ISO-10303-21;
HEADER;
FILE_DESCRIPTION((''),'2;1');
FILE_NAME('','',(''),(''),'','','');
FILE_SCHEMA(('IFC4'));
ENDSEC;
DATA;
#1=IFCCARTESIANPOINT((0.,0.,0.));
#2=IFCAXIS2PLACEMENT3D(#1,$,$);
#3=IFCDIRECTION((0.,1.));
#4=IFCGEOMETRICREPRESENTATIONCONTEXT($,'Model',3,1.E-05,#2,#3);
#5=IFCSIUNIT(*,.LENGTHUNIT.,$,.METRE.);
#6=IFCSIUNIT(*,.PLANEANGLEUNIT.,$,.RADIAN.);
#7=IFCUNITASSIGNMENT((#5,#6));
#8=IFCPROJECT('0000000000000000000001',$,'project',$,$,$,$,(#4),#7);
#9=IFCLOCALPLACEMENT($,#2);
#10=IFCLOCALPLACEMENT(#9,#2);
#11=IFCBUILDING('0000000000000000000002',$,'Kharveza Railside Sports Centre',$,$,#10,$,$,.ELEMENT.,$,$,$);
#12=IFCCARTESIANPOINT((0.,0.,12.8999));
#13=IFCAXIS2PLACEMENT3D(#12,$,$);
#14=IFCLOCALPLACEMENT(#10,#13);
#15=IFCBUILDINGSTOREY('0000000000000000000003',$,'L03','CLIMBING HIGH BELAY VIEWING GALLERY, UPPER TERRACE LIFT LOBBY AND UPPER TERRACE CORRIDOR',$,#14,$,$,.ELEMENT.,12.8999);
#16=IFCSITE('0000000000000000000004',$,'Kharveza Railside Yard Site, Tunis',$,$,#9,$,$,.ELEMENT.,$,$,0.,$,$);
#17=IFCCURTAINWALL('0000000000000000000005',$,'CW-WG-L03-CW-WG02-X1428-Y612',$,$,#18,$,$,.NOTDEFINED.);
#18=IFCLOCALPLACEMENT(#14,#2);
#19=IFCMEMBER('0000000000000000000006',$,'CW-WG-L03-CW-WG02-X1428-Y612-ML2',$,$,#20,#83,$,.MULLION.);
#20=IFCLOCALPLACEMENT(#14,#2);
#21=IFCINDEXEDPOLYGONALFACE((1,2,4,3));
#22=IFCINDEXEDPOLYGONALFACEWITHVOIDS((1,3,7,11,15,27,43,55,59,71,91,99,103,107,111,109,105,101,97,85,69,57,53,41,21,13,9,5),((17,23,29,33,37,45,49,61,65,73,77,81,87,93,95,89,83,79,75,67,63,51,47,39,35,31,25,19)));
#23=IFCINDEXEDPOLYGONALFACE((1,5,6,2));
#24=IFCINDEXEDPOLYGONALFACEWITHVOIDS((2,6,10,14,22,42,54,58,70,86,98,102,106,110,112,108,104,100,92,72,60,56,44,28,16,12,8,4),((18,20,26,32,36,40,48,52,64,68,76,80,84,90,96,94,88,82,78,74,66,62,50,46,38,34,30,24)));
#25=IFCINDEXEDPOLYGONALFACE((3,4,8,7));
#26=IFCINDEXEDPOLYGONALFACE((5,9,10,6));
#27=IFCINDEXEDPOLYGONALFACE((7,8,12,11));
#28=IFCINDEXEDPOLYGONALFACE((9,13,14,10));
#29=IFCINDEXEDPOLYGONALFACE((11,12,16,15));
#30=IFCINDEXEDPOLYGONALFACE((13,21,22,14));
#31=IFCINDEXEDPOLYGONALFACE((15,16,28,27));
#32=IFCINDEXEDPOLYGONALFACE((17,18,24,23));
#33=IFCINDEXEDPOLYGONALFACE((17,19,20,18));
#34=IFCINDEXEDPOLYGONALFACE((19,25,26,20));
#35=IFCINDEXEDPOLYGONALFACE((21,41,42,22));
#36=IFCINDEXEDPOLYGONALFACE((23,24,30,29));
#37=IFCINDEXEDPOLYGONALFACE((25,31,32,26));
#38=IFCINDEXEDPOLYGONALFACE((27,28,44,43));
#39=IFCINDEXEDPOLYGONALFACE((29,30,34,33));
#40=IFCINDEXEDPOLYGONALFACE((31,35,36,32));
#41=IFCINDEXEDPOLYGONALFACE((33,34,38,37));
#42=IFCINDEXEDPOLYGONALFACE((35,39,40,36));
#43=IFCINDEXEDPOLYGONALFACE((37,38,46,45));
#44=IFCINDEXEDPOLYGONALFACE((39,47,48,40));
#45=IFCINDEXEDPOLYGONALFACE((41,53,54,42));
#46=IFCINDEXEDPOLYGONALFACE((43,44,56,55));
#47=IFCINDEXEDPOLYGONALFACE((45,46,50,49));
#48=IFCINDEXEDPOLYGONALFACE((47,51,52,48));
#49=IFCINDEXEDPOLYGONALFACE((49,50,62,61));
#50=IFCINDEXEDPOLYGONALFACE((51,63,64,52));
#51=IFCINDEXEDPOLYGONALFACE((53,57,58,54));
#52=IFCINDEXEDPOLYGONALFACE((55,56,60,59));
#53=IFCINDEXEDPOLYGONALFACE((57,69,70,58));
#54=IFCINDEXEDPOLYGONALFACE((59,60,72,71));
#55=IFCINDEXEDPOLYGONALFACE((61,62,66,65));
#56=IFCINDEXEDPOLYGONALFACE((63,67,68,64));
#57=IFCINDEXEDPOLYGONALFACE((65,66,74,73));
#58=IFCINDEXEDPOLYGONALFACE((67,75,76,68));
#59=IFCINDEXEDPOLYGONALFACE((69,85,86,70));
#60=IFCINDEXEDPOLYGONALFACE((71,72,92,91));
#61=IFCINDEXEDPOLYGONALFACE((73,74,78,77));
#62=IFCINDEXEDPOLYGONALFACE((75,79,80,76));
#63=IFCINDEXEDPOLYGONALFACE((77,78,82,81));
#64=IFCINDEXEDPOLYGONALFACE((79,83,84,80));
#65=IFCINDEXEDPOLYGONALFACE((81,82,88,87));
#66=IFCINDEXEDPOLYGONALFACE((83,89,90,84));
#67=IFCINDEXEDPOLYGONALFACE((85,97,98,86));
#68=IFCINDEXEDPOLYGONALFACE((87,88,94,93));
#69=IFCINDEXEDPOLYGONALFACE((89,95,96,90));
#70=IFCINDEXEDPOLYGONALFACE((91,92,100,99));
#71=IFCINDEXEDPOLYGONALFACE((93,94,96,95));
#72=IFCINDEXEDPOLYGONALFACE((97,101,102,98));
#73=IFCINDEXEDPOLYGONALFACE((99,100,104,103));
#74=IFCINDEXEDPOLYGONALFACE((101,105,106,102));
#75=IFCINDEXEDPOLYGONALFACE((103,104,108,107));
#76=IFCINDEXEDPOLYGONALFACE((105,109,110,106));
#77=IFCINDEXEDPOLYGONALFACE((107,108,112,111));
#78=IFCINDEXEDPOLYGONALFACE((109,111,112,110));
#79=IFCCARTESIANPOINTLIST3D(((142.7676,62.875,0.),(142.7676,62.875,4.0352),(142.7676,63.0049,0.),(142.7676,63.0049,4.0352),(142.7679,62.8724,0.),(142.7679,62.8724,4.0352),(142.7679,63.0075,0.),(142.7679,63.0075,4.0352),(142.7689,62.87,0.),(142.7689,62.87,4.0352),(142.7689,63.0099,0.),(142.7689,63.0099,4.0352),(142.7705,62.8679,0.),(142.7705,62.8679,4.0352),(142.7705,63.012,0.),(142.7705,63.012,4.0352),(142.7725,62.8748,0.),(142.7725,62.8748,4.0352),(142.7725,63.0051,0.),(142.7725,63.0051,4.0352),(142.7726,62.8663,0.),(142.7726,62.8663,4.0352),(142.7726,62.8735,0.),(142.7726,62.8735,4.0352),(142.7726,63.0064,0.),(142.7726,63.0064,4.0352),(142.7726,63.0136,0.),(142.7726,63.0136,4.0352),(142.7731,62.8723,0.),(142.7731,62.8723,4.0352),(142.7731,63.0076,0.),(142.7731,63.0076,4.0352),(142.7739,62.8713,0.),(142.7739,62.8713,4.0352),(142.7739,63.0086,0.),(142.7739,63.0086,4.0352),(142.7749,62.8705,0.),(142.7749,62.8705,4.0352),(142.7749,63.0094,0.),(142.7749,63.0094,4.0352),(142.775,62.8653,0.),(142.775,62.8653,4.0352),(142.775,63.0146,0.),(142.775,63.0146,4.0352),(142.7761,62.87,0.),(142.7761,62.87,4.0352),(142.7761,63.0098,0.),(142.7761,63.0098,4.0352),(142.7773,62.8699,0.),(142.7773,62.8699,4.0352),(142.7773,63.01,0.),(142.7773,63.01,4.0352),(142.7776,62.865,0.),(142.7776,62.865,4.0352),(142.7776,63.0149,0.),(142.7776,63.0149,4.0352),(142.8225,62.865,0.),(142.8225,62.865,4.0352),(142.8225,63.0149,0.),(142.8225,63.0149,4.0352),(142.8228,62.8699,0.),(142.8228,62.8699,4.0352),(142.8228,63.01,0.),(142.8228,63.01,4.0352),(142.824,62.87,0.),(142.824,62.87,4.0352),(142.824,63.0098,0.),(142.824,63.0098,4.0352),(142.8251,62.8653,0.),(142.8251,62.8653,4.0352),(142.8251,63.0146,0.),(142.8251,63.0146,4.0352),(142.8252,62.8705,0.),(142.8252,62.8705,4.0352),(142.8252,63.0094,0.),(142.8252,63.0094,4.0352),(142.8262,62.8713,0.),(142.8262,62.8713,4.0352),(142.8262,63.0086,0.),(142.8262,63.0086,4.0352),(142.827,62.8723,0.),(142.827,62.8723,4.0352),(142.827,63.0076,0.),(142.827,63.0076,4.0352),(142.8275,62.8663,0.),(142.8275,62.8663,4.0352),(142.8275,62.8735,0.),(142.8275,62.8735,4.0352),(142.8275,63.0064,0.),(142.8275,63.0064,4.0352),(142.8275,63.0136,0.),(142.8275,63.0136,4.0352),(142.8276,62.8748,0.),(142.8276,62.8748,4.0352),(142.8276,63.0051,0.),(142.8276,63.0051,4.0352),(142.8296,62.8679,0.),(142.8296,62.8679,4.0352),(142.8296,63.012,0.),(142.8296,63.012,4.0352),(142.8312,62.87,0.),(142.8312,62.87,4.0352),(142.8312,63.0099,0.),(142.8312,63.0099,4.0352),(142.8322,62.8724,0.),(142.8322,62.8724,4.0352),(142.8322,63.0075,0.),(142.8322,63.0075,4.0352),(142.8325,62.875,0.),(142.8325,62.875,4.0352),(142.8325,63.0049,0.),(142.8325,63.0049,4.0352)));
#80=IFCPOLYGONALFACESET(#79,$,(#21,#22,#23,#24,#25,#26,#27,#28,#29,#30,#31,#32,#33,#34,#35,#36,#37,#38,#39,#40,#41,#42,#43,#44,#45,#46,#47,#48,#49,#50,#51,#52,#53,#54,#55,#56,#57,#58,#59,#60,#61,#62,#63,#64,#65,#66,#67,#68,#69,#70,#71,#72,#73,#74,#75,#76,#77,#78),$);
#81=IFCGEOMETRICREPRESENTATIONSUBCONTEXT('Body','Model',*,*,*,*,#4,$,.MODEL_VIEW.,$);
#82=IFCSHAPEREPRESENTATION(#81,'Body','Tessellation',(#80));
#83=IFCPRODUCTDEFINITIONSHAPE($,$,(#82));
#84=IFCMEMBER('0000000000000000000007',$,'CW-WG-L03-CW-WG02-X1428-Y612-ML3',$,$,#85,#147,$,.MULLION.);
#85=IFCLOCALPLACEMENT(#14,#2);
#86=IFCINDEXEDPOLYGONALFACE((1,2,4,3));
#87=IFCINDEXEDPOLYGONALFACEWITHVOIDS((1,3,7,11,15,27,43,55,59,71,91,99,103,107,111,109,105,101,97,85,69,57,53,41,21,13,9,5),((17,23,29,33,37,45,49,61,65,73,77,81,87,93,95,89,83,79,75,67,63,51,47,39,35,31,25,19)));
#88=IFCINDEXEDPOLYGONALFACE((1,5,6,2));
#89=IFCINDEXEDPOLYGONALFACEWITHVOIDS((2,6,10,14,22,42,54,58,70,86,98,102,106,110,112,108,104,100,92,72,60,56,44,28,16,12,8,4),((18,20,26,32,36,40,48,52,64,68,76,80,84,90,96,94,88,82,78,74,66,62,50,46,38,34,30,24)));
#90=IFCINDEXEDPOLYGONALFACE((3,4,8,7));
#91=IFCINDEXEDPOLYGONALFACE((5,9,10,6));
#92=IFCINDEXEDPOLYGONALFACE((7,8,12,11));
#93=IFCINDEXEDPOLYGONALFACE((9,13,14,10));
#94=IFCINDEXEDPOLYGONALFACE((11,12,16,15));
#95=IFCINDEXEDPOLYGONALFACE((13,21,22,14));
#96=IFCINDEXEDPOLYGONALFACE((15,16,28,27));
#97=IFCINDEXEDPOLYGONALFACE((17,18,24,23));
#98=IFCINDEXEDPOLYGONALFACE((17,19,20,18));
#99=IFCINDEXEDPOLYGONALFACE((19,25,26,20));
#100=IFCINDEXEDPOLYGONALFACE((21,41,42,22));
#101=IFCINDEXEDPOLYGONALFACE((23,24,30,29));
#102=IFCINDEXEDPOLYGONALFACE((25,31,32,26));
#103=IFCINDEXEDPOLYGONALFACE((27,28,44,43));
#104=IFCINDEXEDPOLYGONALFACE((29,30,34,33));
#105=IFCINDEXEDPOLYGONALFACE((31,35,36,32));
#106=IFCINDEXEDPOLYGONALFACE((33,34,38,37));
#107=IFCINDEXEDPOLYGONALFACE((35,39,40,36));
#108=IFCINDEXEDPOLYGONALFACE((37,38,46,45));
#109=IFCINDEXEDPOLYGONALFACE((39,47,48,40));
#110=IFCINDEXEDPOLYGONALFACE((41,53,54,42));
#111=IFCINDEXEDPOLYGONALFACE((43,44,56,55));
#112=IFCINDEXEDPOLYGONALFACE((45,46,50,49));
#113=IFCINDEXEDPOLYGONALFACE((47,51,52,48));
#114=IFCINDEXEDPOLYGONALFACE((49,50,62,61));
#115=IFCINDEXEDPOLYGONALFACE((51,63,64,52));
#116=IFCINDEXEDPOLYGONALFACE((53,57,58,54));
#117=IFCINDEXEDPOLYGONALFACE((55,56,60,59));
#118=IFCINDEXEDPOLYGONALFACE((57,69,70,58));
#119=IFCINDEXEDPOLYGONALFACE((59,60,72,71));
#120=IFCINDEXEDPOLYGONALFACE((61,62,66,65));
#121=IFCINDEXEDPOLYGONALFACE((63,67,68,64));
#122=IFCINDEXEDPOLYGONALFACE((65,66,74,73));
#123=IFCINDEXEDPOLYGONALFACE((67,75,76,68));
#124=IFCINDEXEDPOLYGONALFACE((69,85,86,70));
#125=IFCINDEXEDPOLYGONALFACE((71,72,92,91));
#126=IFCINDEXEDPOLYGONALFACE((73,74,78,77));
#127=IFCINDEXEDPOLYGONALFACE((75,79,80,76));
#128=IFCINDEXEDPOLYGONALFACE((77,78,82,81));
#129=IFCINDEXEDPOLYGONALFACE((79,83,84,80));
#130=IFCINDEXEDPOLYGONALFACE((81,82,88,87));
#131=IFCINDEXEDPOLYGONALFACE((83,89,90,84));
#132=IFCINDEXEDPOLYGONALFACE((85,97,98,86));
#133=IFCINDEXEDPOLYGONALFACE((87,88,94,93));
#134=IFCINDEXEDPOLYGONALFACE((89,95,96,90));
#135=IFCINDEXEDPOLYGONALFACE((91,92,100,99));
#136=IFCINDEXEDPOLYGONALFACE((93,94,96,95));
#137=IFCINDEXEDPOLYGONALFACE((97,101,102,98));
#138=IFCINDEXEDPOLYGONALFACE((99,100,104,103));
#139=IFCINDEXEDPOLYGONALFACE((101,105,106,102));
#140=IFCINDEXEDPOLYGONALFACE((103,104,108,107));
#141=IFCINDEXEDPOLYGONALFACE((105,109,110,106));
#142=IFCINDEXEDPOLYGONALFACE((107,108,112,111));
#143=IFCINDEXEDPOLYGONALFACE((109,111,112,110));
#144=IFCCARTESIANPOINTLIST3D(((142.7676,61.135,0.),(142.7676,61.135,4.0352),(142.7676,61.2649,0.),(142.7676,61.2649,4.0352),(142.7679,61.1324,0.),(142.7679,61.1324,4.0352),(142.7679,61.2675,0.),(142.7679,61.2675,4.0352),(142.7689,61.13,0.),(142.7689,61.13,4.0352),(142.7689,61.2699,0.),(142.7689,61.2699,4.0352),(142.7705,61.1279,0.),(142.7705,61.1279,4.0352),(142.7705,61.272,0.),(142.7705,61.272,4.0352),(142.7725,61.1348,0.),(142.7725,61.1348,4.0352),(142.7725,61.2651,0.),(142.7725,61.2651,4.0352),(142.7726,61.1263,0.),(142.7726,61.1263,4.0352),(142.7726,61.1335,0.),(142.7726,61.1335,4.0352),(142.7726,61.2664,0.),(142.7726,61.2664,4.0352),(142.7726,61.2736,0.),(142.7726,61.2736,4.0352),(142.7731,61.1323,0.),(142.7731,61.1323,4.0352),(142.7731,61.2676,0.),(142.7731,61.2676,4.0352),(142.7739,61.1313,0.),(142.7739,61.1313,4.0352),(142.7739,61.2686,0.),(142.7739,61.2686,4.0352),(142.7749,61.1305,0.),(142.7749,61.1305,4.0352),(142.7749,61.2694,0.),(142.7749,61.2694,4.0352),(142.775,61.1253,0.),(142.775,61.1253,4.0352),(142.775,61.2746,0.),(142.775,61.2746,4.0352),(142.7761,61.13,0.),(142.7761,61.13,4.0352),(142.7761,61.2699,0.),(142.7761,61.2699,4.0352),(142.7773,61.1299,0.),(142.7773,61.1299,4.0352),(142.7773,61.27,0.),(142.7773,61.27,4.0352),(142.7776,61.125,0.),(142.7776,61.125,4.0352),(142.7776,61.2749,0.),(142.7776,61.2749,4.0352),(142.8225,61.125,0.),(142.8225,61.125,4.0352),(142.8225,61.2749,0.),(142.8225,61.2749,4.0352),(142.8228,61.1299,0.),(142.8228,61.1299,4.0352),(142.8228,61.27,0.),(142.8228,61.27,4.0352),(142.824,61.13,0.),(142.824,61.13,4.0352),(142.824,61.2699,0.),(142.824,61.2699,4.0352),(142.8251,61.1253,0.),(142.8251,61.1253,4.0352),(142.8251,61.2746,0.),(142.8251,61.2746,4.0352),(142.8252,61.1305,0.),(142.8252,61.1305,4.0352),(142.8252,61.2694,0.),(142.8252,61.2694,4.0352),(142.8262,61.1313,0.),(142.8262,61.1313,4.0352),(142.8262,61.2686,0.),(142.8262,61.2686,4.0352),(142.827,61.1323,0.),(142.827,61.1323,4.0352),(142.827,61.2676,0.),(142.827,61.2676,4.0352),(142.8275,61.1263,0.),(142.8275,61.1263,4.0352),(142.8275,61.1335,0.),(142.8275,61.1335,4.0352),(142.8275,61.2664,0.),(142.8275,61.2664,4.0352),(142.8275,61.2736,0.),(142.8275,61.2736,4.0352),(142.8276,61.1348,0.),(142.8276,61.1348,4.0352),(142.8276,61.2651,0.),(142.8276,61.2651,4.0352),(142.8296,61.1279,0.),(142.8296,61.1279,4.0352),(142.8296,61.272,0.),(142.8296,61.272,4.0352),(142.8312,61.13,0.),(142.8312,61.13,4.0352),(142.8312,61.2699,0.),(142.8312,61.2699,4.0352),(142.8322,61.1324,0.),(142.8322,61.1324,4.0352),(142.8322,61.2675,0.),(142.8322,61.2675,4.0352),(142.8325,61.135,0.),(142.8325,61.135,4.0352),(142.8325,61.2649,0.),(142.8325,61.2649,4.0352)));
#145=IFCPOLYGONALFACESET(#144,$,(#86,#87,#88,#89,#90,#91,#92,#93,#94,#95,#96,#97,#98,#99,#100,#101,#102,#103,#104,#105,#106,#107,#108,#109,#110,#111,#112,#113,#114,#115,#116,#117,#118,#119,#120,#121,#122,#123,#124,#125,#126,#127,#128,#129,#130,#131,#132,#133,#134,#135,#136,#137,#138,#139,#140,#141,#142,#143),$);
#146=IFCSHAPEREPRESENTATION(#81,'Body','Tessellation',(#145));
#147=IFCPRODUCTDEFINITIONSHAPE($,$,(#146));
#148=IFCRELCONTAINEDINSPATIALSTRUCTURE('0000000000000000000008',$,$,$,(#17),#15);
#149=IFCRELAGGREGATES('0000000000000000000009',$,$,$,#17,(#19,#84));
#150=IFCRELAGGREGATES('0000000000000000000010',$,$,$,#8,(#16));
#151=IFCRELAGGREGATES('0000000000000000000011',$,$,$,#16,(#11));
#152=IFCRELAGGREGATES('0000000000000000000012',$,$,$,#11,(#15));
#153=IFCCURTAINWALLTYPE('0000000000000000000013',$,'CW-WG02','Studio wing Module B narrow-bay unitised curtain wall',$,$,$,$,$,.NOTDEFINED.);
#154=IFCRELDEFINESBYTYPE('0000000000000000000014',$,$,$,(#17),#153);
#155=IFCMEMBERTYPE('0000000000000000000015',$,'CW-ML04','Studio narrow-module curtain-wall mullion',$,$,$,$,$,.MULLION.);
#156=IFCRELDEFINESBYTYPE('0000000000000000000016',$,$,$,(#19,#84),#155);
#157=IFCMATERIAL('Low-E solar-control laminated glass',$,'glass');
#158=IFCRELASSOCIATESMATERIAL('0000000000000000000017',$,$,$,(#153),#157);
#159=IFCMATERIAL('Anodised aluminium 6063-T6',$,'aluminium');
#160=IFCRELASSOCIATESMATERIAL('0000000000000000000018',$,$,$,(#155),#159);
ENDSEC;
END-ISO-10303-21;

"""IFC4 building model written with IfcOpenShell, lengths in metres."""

from ifc_helpers import new_model, si_unit, direction, frame, origin, origin_2d, place, context, subcontext, project, spatial, hollow_rectangle, extrude, material, material_profile, profile_set, type_object, element, aggregate, save


model = new_model("IFC4")

# Units and contexts
model_context = context("Model", 3, precision=1e-05, world=origin(), true_north=direction((0.0, 1.0)))
body_context = subcontext(model_context, "Body", "Model", "MODEL_VIEW")
ifc_project = project(units=[si_unit("LENGTHUNIT", "METRE"), si_unit("PLANEANGLEUNIT", "RADIAN")], contexts=[model_context])

# Site, building, storey
site_placement = place(None, origin())
site = spatial("IfcSite", under=ifc_project, at=site_placement, Name="Kharveza Railside Yard Site, Tunis", CompositionType="ELEMENT", RefElevation=0.0)
building_placement = place(site_placement, origin())
building = spatial("IfcBuilding", under=site, at=building_placement, Name="Kharveza Railside Sports Centre", CompositionType="ELEMENT")
storey_placement = place(building_placement, frame((0.0, 0.0, 12.8999)))
storey = spatial("IfcBuildingStorey", under=building, at=storey_placement, Name="L03", Description="CLIMBING HIGH BELAY VIEWING GALLERY, UPPER TERRACE LIFT LOBBY AND UPPER TERRACE CORRIDOR", CompositionType="ELEMENT", Elevation=12.8999)

# Curtain wall, members
ifc_material_1 = material(Name="Low-E solar-control laminated glass", Category="glass")
curtain_wall_type = type_object("IfcCurtainWallType", Name="CW-WG02", Description="Studio wing Module B narrow-bay unitised curtain wall", PredefinedType="NOTDEFINED", material=ifc_material_1)
ifc_material_2 = material(Name="Anodised aluminium 6063-T6", Category="aluminium")
ifc_material_profile_1 = material_profile(ifc_material_2, hollow_rectangle(XDim=0.0649, YDim=0.1499, WallThickness=0.0049, InnerFilletRadius=0.0049, OuterFilletRadius=0.01, at=origin_2d()), Name="RHS 65x150x5.0")
ifc_profile_set_1 = profile_set([ifc_material_profile_1], Name="Anodised aluminium 6063-T6")
member_type_1 = type_object("IfcMemberType", Name="CW-ML04", Description="Studio narrow-module curtain-wall mullion", PredefinedType="MULLION", material=ifc_profile_set_1)
curtain_wall_1_placement = place(storey_placement, origin())
curtain_wall_1 = element("IfcCurtainWall", 1, at=curtain_wall_1_placement, inside=storey, type_object=curtain_wall_type, Name="CW-WG-L03-CW-WG02-X1428-Y612", PredefinedType="NOTDEFINED")
member_1_placement = place(storey_placement, frame((142.8, 62.9399, 0.0), z_axis=(0.0, 0.0, 1.0), x_axis=(1.0, 0.0, 0.0)))
member_1 = element("IfcMember", 2, at=member_1_placement, type_object=member_type_1, Name="CW-WG-L03-CW-WG02-X1428-Y612-ML2", PredefinedType="MULLION", context=body_context, shape_type="SweptSolid", body=[
    extrude(hollow_rectangle(XDim=0.0649, YDim=0.1499, WallThickness=0.0049, InnerFilletRadius=0.0049, OuterFilletRadius=0.01, at=origin_2d()), origin(), (0.0, 0.0, 1.0), 4.0352),
])
member_2_placement = place(storey_placement, frame((142.8, 61.2, 0.0), z_axis=(0.0, 0.0, 1.0), x_axis=(1.0, 0.0, 0.0)))
member_2 = element("IfcMember", 3, at=member_2_placement, type_object=member_type_1, Name="CW-WG-L03-CW-WG02-X1428-Y612-ML3", PredefinedType="MULLION", context=body_context, shape_type="SweptSolid", body=[
    extrude(hollow_rectangle(XDim=0.0649, YDim=0.1499, WallThickness=0.0049, InnerFilletRadius=0.0049, OuterFilletRadius=0.01, at=origin_2d()), origin(), (0.0, 0.0, 1.0), 4.0352),
])

aggregate(curtain_wall_1, [member_1, member_2])

save(model, "model.ifc")
